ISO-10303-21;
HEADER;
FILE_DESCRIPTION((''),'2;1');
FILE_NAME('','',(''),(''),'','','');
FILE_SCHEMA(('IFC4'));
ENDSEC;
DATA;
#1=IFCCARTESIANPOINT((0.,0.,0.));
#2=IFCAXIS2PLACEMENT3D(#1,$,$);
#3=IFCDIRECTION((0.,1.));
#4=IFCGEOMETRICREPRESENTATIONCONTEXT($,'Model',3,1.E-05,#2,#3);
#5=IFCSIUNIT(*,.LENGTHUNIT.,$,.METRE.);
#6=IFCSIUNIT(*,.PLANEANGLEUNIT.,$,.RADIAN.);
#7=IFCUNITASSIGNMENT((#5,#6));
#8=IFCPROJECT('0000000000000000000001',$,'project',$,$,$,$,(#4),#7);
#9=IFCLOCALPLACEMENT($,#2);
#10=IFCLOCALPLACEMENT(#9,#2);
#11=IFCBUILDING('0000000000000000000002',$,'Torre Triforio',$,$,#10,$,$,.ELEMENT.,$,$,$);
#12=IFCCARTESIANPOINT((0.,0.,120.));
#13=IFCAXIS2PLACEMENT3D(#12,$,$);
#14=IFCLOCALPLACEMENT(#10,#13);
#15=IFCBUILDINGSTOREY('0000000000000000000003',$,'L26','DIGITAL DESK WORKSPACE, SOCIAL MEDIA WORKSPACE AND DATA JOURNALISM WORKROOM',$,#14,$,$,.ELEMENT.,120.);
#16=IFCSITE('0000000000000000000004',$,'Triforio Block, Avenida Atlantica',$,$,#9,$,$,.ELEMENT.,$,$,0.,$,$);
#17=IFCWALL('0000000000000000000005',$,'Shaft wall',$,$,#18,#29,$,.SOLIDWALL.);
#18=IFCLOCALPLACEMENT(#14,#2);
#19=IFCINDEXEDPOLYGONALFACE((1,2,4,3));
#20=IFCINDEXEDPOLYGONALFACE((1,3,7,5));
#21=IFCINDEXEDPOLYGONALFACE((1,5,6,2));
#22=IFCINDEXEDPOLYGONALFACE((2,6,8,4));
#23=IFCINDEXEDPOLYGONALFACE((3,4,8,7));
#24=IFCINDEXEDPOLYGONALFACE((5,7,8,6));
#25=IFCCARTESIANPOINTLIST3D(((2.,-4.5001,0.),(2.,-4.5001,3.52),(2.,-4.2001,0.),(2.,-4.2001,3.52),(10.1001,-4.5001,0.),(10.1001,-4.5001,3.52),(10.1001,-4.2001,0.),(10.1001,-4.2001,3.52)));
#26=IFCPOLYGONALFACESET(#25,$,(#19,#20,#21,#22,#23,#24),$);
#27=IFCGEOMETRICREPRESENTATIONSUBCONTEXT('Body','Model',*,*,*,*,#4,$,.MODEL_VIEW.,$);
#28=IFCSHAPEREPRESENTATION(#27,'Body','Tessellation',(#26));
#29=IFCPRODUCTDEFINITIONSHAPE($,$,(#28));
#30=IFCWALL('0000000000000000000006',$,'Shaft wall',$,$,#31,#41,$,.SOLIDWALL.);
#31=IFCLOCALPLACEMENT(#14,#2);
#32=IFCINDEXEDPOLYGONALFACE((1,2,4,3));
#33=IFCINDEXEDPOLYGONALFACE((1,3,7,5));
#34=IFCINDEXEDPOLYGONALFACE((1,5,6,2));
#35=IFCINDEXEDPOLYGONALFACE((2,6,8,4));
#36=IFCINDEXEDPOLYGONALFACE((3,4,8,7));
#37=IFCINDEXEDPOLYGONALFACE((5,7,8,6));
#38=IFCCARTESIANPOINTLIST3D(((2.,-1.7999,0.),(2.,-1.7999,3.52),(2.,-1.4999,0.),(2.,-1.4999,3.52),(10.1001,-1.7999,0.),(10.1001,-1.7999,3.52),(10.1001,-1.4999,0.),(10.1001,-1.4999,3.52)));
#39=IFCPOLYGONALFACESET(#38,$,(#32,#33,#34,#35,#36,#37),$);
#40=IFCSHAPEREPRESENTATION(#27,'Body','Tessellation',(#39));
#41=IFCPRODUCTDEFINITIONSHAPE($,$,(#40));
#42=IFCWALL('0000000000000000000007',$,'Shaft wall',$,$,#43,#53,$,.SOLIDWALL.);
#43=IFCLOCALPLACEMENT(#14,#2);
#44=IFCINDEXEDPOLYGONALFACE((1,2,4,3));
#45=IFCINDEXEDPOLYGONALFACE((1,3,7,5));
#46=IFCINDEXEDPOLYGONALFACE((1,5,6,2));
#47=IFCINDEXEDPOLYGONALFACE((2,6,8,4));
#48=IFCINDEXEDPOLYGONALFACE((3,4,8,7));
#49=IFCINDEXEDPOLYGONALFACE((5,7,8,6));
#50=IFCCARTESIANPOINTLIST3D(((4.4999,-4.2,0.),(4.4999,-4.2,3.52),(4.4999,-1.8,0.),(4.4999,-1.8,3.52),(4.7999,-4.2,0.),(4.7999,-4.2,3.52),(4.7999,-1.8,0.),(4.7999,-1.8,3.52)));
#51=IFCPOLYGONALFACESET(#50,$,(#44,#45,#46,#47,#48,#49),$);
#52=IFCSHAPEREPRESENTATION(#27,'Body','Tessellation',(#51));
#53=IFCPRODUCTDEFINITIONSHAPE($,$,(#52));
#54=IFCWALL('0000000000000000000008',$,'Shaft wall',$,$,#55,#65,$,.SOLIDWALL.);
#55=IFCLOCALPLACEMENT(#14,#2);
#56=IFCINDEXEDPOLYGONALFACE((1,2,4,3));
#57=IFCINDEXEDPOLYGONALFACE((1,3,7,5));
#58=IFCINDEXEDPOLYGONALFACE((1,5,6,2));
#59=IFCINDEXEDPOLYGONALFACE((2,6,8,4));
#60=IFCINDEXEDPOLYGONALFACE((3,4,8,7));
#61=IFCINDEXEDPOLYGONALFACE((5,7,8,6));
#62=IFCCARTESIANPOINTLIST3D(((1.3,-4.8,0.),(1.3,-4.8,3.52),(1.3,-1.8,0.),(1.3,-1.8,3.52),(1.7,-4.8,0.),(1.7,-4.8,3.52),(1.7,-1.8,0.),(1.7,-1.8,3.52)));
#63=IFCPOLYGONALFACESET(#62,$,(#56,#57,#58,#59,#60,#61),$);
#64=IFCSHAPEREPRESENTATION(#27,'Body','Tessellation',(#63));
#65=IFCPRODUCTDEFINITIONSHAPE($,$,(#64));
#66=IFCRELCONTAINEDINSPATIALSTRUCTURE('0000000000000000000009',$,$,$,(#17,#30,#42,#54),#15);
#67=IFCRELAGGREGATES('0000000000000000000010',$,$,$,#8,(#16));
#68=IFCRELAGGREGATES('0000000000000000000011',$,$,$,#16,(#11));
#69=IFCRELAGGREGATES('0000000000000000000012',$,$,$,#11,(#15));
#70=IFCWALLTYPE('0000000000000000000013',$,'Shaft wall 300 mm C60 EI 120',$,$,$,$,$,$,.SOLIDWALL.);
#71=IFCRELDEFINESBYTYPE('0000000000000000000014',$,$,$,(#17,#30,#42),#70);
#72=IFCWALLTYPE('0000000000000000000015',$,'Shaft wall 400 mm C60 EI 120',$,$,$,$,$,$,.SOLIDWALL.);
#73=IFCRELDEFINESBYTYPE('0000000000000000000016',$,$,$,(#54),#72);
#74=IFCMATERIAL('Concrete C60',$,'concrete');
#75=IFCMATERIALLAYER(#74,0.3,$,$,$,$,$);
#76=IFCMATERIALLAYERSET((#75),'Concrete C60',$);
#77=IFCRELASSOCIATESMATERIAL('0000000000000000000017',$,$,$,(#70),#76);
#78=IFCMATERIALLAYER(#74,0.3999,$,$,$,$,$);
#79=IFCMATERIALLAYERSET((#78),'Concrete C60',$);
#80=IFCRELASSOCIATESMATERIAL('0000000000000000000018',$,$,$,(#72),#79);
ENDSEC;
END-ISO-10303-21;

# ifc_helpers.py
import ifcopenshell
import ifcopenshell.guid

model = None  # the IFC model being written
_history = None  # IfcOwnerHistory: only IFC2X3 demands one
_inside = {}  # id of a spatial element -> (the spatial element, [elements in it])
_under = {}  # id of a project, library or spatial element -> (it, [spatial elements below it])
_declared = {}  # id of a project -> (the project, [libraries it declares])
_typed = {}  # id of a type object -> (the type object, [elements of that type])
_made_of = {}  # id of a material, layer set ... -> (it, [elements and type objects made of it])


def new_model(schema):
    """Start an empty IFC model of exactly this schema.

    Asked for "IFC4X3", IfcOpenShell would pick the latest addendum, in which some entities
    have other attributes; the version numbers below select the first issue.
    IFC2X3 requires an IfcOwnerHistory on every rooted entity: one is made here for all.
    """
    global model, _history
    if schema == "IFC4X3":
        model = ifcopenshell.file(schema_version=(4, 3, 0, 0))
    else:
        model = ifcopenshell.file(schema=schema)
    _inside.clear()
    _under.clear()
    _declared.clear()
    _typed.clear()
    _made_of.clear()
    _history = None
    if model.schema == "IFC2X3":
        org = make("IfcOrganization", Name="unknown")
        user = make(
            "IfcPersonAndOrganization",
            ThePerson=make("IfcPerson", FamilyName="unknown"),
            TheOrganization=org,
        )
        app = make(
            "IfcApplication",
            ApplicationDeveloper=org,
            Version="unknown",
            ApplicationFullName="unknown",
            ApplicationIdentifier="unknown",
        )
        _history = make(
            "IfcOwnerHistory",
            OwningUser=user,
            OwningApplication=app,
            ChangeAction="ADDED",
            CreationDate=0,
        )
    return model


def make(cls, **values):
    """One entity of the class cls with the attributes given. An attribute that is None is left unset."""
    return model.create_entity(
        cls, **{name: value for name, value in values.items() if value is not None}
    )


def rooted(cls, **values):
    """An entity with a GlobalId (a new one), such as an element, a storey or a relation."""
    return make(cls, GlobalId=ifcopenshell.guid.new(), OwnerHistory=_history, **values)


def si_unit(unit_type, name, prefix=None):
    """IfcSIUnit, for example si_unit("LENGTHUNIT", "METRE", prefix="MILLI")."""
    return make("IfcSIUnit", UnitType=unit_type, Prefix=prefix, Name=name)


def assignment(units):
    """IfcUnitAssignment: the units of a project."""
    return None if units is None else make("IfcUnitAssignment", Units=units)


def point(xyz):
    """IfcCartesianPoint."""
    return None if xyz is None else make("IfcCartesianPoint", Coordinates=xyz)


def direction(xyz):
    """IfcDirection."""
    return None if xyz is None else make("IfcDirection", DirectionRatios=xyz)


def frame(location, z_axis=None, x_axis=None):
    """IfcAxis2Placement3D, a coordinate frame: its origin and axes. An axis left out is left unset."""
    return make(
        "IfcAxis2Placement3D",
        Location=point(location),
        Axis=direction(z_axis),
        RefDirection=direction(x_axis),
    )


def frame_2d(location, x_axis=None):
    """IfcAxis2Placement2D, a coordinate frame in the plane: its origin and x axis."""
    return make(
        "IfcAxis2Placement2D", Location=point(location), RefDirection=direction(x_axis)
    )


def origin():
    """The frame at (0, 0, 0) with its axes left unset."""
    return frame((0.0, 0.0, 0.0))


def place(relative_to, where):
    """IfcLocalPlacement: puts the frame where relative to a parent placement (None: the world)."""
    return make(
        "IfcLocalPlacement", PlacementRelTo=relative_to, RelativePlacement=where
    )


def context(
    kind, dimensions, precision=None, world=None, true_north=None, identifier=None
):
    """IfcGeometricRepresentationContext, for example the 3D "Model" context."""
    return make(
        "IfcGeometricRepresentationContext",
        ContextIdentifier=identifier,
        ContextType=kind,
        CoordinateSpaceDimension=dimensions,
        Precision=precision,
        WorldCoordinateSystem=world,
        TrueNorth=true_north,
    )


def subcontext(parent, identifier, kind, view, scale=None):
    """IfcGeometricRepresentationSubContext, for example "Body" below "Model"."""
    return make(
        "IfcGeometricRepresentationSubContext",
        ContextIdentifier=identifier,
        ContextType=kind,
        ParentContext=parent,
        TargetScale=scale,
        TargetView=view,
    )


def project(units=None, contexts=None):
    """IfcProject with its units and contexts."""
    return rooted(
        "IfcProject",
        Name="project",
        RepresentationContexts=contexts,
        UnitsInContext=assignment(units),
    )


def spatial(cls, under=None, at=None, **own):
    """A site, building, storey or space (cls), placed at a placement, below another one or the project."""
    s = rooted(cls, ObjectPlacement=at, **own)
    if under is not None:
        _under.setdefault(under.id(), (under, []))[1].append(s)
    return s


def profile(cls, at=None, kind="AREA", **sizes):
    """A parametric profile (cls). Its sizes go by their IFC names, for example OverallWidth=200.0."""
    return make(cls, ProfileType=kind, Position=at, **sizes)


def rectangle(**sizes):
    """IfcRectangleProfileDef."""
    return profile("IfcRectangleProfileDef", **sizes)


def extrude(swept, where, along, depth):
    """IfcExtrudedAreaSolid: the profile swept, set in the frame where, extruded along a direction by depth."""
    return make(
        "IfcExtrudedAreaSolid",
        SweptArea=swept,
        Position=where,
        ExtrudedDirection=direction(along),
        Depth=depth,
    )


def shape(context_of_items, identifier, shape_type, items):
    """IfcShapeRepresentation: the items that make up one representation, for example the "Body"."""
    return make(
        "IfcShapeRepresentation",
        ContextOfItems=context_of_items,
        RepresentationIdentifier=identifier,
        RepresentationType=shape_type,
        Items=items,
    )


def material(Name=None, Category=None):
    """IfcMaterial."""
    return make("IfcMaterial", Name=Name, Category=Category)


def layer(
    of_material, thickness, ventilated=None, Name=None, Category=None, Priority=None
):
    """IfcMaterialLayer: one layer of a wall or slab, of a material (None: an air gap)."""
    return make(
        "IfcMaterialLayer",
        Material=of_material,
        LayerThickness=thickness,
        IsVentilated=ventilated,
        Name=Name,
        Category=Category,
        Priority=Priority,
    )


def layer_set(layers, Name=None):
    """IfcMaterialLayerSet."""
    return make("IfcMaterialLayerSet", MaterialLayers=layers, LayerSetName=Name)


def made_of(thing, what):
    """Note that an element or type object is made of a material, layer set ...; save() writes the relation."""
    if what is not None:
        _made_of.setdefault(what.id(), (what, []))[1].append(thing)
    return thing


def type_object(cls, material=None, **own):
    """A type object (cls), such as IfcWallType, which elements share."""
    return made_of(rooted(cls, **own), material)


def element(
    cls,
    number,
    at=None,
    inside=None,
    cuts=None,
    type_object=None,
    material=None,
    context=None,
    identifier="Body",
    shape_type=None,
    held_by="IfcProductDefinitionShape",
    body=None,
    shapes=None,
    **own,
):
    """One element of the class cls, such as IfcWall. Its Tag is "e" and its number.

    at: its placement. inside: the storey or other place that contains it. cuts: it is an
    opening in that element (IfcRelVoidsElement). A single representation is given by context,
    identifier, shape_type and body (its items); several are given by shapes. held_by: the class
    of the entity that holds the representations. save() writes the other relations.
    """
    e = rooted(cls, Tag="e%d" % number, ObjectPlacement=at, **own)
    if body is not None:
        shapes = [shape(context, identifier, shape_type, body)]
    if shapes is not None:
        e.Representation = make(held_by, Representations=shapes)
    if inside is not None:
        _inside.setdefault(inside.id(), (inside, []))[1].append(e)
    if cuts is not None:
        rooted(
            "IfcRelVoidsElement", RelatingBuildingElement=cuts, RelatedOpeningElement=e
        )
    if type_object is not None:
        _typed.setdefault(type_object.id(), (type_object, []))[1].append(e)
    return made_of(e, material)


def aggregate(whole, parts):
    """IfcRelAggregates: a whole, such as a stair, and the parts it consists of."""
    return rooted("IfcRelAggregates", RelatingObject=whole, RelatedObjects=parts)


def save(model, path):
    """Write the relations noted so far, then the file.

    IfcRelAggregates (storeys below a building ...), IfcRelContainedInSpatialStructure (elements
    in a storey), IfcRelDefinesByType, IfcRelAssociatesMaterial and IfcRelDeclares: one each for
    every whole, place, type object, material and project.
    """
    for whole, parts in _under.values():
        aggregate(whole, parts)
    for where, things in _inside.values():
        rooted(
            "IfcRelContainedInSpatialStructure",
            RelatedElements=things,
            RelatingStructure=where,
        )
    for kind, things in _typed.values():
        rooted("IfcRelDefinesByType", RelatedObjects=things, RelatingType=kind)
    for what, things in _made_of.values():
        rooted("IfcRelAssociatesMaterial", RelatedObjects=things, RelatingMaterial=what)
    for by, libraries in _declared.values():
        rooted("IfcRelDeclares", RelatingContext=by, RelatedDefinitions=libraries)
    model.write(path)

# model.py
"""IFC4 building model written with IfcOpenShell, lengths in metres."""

from ifc_helpers import new_model, si_unit, direction, frame, frame_2d, origin, place, context, subcontext, project, spatial, rectangle, extrude, material, layer, layer_set, type_object, element, save


model = new_model("IFC4")

# Units and contexts
model_context = context("Model", 3, precision=1e-05, world=origin(), true_north=direction((0.0, 1.0)))
body_context = subcontext(model_context, "Body", "Model", "MODEL_VIEW")
ifc_project = project(units=[si_unit("LENGTHUNIT", "METRE"), si_unit("PLANEANGLEUNIT", "RADIAN")], contexts=[model_context])

# Site, building, storey
site_placement = place(None, origin())
site = spatial("IfcSite", under=ifc_project, at=site_placement, Name="Triforio Block, Avenida Atlantica", CompositionType="ELEMENT", RefElevation=0.0)
building_placement = place(site_placement, origin())
building = spatial("IfcBuilding", under=site, at=building_placement, Name="Torre Triforio", CompositionType="ELEMENT")
storey_placement = place(building_placement, frame((0.0, 0.0, 120.0)))
storey = spatial("IfcBuildingStorey", under=building, at=storey_placement, Name="L26", Description="DIGITAL DESK WORKSPACE, SOCIAL MEDIA WORKSPACE AND DATA JOURNALISM WORKROOM", CompositionType="ELEMENT", Elevation=120.0)

# Shared definitions
ifc_material_1 = material(Name="Concrete C60", Category="concrete")

# Walls
ifc_layer_1 = layer(ifc_material_1, 0.3)
ifc_layer_set_1 = layer_set([ifc_layer_1], Name="Concrete C60")
wall_type_1 = type_object("IfcWallType", Name="Shaft wall 300 mm C60 EI 120", PredefinedType="SOLIDWALL", material=ifc_layer_set_1)
for number, where, z_axis, x_axis, name in (
    (1, (2.0, -4.3501, 0.0), (0.0, 0.0, 1.0), (1.0, 0.0, 0.0), "Shaft wall"),
    (2, (2.0, -1.6499, 0.0), (0.0, 0.0, 1.0), (1.0, 0.0, 0.0), "Shaft wall"),
):
    element("IfcWall", number, at=place(storey_placement, frame(where, z_axis=z_axis, x_axis=x_axis)), inside=storey, type_object=wall_type_1, Name=name, PredefinedType="SOLIDWALL", context=body_context, shape_type="SweptSolid", body=[
        extrude(rectangle(XDim=8.1001, YDim=0.3, at=frame_2d((4.05, 0.0))), origin(), (0.0, 0.0, 1.0), 3.52),
    ])
wall_1_placement = place(storey_placement, frame((4.6499, -4.2, 0.0), z_axis=(0.0, 0.0, 1.0), x_axis=(0.0, 1.0, 0.0)))
element("IfcWall", 3, at=wall_1_placement, inside=storey, type_object=wall_type_1, Name="Shaft wall", PredefinedType="SOLIDWALL", context=body_context, shape_type="SweptSolid", body=[
    extrude(rectangle(XDim=2.3999, YDim=0.3, at=frame_2d((1.2, 0.0))), origin(), (0.0, 0.0, 1.0), 3.52),
])
ifc_layer_2 = layer(ifc_material_1, 0.3999)
ifc_layer_set_2 = layer_set([ifc_layer_2], Name="Concrete C60")
wall_type_2 = type_object("IfcWallType", Name="Shaft wall 400 mm C60 EI 120", PredefinedType="SOLIDWALL", material=ifc_layer_set_2)
wall_2_placement = place(storey_placement, frame((1.5, -4.8, 0.0), z_axis=(0.0, 0.0, 1.0), x_axis=(0.0, 1.0, 0.0)))
element("IfcWall", 4, at=wall_2_placement, inside=storey, type_object=wall_type_2, Name="Shaft wall", PredefinedType="SOLIDWALL", context=body_context, shape_type="SweptSolid", body=[
    extrude(rectangle(XDim=3.0, YDim=0.3999, at=frame_2d((1.5, 0.0))), origin(), (0.0, 0.0, 1.0), 3.52),
])

save(model, "model.ifc")
